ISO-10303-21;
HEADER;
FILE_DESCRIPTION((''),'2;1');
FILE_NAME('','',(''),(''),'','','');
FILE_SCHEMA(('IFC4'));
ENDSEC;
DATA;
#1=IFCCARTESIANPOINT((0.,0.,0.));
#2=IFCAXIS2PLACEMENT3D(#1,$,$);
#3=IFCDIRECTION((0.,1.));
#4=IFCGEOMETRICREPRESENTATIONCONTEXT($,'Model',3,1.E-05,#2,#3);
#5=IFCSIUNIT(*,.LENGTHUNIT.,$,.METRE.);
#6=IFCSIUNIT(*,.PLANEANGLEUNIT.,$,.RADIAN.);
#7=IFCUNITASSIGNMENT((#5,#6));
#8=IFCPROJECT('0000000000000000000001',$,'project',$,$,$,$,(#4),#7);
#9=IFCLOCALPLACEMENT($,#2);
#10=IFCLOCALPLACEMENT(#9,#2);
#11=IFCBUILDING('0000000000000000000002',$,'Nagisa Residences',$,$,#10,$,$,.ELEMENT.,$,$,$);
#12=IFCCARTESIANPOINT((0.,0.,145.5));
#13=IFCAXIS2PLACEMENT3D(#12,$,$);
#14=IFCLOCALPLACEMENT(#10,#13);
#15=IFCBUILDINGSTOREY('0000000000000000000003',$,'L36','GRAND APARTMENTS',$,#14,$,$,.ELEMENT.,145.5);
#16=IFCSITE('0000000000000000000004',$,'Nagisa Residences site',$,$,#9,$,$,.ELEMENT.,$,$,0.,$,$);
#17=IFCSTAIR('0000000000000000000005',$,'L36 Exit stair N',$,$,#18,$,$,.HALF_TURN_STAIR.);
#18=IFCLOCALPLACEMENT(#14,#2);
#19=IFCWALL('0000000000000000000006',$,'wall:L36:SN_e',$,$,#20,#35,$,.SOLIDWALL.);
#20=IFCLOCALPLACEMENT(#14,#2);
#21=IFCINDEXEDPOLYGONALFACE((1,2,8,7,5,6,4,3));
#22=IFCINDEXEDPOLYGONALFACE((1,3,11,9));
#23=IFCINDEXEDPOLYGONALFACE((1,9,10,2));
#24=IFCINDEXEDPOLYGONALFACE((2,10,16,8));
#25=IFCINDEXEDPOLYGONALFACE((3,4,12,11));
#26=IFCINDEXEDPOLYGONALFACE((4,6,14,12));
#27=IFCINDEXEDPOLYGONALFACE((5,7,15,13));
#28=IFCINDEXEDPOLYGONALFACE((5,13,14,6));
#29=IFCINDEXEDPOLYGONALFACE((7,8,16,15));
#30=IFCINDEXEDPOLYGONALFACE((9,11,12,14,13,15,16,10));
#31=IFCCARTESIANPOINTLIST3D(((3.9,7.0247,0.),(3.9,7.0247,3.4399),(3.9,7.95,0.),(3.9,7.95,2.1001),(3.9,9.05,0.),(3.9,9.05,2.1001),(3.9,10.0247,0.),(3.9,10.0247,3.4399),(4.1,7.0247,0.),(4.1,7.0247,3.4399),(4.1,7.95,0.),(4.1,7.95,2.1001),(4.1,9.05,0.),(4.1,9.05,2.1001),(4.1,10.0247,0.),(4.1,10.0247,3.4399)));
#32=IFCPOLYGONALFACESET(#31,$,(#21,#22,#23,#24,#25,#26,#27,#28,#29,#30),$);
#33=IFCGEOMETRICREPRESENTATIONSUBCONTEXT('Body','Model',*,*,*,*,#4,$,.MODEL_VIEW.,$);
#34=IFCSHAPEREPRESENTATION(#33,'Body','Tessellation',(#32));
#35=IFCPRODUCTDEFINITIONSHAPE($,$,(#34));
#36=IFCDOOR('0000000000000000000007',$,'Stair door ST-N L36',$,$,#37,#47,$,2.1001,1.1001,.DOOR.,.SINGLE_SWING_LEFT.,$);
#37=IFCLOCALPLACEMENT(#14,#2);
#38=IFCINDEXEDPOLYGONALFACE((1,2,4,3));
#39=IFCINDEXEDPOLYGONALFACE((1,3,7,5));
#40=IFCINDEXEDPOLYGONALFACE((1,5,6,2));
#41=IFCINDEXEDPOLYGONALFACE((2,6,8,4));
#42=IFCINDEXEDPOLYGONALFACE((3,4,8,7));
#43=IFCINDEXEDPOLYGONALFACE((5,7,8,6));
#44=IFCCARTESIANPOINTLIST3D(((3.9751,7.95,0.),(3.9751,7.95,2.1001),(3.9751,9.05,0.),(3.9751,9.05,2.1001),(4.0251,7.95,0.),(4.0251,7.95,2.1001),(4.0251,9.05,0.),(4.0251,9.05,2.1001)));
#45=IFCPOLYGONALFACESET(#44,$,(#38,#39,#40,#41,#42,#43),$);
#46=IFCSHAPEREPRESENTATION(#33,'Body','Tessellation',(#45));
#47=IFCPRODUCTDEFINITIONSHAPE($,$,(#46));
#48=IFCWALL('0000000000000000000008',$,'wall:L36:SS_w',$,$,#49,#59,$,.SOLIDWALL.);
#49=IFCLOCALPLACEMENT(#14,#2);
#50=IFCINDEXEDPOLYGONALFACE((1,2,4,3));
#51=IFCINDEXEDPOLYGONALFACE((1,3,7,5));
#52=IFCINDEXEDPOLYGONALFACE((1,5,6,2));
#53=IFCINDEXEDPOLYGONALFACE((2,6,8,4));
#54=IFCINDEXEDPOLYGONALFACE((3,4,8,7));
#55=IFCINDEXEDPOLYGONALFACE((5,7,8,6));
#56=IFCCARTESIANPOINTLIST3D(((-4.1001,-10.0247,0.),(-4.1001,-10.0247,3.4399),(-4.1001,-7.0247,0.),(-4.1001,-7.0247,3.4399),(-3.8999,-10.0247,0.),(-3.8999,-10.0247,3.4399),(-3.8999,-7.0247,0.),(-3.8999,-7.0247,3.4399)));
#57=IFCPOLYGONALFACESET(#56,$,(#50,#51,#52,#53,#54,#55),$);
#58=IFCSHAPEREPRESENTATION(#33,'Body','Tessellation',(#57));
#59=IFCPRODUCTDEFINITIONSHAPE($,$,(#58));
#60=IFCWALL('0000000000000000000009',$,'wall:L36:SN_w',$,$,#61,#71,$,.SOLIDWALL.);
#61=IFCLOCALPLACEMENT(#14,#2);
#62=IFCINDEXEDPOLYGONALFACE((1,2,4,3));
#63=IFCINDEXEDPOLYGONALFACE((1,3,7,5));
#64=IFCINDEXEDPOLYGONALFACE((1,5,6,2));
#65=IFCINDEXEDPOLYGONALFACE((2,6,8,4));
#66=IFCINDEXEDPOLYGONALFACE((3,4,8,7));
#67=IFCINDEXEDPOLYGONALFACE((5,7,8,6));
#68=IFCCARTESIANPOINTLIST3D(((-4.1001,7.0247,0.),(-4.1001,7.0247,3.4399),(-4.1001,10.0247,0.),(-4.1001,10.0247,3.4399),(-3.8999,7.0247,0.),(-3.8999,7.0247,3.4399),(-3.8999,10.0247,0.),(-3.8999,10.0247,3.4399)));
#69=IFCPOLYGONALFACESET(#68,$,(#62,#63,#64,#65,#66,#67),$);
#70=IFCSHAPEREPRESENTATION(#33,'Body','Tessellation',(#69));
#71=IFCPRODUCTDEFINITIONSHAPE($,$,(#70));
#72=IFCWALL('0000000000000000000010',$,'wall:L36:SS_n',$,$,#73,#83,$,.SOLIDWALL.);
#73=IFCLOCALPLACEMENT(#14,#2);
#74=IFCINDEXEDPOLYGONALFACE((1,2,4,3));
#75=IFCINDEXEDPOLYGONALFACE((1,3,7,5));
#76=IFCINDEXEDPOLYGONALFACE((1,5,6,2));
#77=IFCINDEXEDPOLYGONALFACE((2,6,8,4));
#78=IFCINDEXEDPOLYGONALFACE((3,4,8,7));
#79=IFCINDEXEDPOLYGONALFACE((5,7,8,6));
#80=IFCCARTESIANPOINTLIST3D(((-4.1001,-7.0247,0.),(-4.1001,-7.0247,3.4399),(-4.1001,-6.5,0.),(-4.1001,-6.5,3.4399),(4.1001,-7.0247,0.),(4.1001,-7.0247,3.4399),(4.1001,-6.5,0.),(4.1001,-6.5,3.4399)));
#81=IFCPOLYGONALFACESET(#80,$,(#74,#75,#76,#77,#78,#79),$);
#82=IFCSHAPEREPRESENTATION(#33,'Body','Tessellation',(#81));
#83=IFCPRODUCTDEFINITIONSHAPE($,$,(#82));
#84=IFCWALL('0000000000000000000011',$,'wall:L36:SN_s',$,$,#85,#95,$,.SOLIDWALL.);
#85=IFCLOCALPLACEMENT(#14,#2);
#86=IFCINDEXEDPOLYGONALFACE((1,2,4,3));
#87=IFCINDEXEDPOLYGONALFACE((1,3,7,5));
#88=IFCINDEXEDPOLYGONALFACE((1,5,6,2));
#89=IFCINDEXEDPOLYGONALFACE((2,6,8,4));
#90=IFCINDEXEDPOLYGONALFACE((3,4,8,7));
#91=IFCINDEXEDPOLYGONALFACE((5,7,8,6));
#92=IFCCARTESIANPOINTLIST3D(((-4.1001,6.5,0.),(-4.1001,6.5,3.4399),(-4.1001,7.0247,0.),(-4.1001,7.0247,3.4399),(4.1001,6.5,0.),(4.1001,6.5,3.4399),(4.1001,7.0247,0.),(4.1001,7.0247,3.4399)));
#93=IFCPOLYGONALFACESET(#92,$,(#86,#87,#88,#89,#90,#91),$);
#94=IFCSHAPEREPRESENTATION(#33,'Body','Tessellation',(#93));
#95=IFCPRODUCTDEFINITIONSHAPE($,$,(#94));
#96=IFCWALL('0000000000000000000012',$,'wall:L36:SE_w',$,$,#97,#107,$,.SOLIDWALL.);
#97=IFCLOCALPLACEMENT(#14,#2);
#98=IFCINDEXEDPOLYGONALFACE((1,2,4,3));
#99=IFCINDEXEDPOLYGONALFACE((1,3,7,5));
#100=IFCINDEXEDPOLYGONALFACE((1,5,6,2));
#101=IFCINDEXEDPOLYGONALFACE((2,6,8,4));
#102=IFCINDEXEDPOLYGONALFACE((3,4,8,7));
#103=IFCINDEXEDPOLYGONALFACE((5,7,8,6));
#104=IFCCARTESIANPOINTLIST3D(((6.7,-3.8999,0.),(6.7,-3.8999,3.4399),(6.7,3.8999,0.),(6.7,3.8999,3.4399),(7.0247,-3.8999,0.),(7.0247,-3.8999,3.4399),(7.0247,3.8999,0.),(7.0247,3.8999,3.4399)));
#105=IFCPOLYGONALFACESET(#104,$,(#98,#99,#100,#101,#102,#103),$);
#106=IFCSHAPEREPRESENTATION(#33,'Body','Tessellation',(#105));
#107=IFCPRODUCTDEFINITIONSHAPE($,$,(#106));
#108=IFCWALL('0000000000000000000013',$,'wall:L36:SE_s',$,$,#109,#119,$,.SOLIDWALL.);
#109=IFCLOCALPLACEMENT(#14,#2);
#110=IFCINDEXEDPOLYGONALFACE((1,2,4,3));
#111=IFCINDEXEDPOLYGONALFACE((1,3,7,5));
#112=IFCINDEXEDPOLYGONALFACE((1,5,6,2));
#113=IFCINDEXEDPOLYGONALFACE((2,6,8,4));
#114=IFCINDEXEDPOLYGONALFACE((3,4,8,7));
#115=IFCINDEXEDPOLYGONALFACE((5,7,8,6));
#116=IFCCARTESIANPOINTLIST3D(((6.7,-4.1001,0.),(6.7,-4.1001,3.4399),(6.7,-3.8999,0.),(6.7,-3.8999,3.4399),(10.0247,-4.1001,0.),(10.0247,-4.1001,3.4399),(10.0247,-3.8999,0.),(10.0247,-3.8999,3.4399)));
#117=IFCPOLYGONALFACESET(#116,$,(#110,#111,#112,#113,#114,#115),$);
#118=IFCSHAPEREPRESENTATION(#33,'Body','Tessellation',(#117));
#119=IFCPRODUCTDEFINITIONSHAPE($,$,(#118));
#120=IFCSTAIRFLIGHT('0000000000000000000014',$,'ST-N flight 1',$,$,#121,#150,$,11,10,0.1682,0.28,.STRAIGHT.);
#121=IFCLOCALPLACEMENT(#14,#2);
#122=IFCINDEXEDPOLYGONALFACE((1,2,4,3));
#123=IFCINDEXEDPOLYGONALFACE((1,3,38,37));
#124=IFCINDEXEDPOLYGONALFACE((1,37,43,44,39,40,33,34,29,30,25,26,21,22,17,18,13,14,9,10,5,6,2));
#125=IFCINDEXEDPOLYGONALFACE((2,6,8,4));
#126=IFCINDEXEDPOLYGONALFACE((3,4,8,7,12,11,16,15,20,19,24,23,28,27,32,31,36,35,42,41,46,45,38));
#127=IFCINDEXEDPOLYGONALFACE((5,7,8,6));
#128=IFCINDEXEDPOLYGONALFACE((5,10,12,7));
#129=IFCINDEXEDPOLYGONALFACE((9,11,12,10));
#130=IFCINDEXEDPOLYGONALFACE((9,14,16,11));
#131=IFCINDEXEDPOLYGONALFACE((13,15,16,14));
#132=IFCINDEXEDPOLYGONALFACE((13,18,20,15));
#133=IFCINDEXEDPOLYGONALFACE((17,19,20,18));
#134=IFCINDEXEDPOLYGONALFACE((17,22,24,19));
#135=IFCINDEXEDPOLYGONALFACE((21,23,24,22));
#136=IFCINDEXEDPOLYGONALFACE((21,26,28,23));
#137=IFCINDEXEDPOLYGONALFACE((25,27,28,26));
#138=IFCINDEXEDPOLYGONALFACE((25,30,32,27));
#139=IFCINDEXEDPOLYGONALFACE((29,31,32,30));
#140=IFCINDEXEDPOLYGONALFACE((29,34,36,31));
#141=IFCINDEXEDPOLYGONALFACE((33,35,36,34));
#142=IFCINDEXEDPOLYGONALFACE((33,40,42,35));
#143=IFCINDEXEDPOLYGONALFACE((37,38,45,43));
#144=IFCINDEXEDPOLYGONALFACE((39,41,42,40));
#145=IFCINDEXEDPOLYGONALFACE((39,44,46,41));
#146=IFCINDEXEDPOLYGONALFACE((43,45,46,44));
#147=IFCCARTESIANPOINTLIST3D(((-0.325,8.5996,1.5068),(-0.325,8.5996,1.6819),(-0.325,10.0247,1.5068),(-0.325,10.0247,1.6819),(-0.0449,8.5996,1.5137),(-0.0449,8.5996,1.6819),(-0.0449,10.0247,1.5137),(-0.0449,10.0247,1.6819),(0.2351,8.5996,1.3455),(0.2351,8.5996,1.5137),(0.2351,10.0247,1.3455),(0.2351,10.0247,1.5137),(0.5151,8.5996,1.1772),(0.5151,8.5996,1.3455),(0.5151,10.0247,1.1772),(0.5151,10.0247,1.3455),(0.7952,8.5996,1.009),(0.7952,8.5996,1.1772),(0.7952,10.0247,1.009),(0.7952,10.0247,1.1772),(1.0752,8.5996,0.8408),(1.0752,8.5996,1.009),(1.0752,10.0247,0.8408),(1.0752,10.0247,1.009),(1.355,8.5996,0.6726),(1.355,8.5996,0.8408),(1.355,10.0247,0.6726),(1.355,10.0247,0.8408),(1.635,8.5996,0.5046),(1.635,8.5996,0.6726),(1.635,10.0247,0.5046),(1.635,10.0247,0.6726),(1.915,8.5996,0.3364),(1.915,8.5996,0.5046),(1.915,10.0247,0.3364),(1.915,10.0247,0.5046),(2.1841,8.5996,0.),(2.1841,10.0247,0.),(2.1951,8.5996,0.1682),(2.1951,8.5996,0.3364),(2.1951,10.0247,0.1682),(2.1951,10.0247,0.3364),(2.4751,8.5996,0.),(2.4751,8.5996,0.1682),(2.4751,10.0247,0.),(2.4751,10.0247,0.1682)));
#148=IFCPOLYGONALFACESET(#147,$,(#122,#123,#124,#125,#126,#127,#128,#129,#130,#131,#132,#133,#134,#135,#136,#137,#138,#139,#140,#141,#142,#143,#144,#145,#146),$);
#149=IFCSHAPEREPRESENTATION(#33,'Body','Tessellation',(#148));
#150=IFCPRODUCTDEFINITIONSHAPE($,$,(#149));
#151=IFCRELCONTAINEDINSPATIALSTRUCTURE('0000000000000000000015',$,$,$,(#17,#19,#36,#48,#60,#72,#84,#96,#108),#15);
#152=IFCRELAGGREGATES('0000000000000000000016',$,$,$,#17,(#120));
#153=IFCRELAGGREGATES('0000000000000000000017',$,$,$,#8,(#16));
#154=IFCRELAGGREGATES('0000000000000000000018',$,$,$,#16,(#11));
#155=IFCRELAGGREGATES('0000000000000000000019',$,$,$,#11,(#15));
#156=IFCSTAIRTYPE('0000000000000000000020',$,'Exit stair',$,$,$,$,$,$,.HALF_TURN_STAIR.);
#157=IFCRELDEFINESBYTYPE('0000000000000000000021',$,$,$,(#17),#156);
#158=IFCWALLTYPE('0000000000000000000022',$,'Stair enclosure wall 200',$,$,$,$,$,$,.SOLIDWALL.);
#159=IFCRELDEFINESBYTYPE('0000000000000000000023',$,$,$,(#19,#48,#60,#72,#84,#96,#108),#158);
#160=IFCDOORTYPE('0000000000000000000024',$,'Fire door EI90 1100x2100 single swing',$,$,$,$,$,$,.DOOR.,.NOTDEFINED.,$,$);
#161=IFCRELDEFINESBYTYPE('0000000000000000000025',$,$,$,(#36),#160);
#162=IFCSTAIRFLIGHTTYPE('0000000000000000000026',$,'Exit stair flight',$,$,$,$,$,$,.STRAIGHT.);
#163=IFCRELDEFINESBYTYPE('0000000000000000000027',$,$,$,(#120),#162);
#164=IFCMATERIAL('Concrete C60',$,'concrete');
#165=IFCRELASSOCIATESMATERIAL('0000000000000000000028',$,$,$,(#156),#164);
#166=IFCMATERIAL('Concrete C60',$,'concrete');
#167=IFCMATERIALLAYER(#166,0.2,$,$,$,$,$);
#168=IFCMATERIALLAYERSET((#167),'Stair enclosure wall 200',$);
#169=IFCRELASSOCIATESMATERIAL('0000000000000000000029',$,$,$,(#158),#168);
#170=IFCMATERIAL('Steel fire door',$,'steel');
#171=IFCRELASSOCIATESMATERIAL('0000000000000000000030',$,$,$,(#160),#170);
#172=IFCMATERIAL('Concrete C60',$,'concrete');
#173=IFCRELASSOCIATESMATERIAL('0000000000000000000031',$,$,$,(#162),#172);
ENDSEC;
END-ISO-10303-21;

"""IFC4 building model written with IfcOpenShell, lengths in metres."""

from ifc_helpers import new_model, si_unit, direction, frame, frame_2d, origin, place, context, subcontext, project, spatial, polyline, rectangle, outline, extrude, material, layer, layer_set, type_object, element, fill, aggregate, save


model = new_model("IFC4")

# Units and contexts
model_context = context("Model", 3, precision=1e-05, world=origin(), true_north=direction((0.0, 1.0)))
body_context = subcontext(model_context, "Body", "Model", "MODEL_VIEW")
ifc_project = project(units=[si_unit("LENGTHUNIT", "METRE"), si_unit("PLANEANGLEUNIT", "RADIAN")], contexts=[model_context])

# Site, building, storey
site_placement = place(None, origin())
site = spatial("IfcSite", under=ifc_project, at=site_placement, Name="Nagisa Residences site", CompositionType="ELEMENT", RefElevation=0.0)
building_placement = place(site_placement, origin())
building = spatial("IfcBuilding", under=site, at=building_placement, Name="Nagisa Residences", CompositionType="ELEMENT")
storey_placement = place(building_placement, frame((0.0, 0.0, 145.5)))
storey = spatial("IfcBuildingStorey", under=building, at=storey_placement, Name="L36", Description="GRAND APARTMENTS", CompositionType="ELEMENT", Elevation=145.5)

# Stair
ifc_material_1 = material(Name="Concrete C60", Category="concrete")
stair_type = type_object("IfcStairType", Name="Exit stair", PredefinedType="HALF_TURN_STAIR", material=ifc_material_1)
stair_1_placement = place(storey_placement, origin())
stair_1 = element("IfcStair", 1, at=stair_1_placement, inside=storey, type_object=stair_type, Name="L36 Exit stair N", PredefinedType="HALF_TURN_STAIR")

# Wall, opening, door
ifc_material_2 = material(Name="Concrete C60", Category="concrete")
ifc_layer_1 = layer(ifc_material_2, 0.2)
ifc_layer_set_1 = layer_set([ifc_layer_1], Name="Stair enclosure wall 200")
wall_type_1 = type_object("IfcWallType", Name="Stair enclosure wall 200", PredefinedType="SOLIDWALL", material=ifc_layer_set_1)
ifc_material_3 = material(Name="Steel fire door", Category="steel")
door_type_1 = type_object("IfcDoorType", Name="Fire door EI90 1100x2100 single swing", OperationType="NOTDEFINED", PredefinedType="DOOR", material=ifc_material_3)
wall_1_placement = place(storey_placement, frame((4.0, 7.0247, 0.0), z_axis=(0.0, 0.0, 1.0), x_axis=(0.0, 1.0, 0.0)))
wall_1 = element("IfcWall", 2, at=wall_1_placement, inside=storey, type_object=wall_type_1, Name="wall:L36:SN_e", PredefinedType="SOLIDWALL", context=body_context, shape_type="SweptSolid", body=[
    extrude(rectangle(XDim=3.0, YDim=0.2, at=frame_2d((1.5, 0.0))), origin(), (0.0, 0.0, 1.0), 3.4399),
])
opening_1_placement = place(wall_1_placement, frame((0.9253, 0.0, 0.0)))
opening_1 = element("IfcOpeningElement", 3, at=opening_1_placement, cuts=wall_1, PredefinedType="OPENING", context=body_context, shape_type="SweptSolid", body=[
    extrude(rectangle(XDim=1.1001, YDim=2.1001, at=frame_2d((0.55, 1.05))), frame((0.0, 0.1099, 0.0), z_axis=(0.0, -1.0, 0.0), x_axis=(1.0, 0.0, 0.0)), (0.0, 0.0, 1.0), 0.22),
])
door_1_placement = place(opening_1_placement, origin())
door_1 = element("IfcDoor", 4, at=door_1_placement, inside=storey, type_object=door_type_1, Name="Stair door ST-N L36", OperationType="SINGLE_SWING_LEFT", OverallHeight=2.1001, OverallWidth=1.1001, PredefinedType="DOOR", context=body_context, shape_type="SweptSolid", body=[
    extrude(rectangle(XDim=1.1001, YDim=2.1001, at=frame_2d((0.55, 1.05))), frame((0.0, 0.0249, 0.0), z_axis=(0.0, -1.0, 0.0), x_axis=(1.0, 0.0, 0.0)), (0.0, 0.0, 1.0), 0.05),
])
fill(opening_1, door_1)

# Walls
wall_2_placement = place(storey_placement, origin())
element("IfcWall", 5, at=wall_2_placement, inside=storey, type_object=wall_type_1, Name="wall:L36:SS_w", PredefinedType="SOLIDWALL", context=body_context, shape_type="SweptSolid", body=[
    extrude(outline(polyline([(-3.8999, -10.0247), (-4.1001, -10.0247), (-4.1001, -7.0247), (-3.8999, -7.0247), (-3.8999, -10.0247)])), origin(), (0.0, 0.0, 1.0), 3.4399),
])
wall_3_placement = place(storey_placement, origin())
element("IfcWall", 6, at=wall_3_placement, inside=storey, type_object=wall_type_1, Name="wall:L36:SN_w", PredefinedType="SOLIDWALL", context=body_context, shape_type="SweptSolid", body=[
    extrude(outline(polyline([(-3.8999, 7.0247), (-4.1001, 7.0247), (-4.1001, 10.0247), (-3.8999, 10.0247), (-3.8999, 7.0247)])), origin(), (0.0, 0.0, 1.0), 3.4399),
])
wall_4_placement = place(storey_placement, origin())
element("IfcWall", 7, at=wall_4_placement, inside=storey, type_object=wall_type_1, Name="wall:L36:SS_n", PredefinedType="SOLIDWALL", context=body_context, shape_type="SweptSolid", body=[
    extrude(outline(polyline([(4.1001, -7.0247), (-4.1001, -7.0247), (-4.1001, -6.5), (4.1001, -6.5), (4.1001, -7.0247)])), origin(), (0.0, 0.0, 1.0), 3.4399),
])
wall_5_placement = place(storey_placement, origin())
element("IfcWall", 8, at=wall_5_placement, inside=storey, type_object=wall_type_1, Name="wall:L36:SN_s", PredefinedType="SOLIDWALL", context=body_context, shape_type="SweptSolid", body=[
    extrude(outline(polyline([(4.1001, 6.5), (-4.1001, 6.5), (-4.1001, 7.0247), (4.1001, 7.0247), (4.1001, 6.5)])), origin(), (0.0, 0.0, 1.0), 3.4399),
])
wall_6_placement = place(storey_placement, origin())
element("IfcWall", 9, at=wall_6_placement, inside=storey, type_object=wall_type_1, Name="wall:L36:SE_w", PredefinedType="SOLIDWALL", context=body_context, shape_type="SweptSolid", body=[
    extrude(outline(polyline([(7.0247, -3.8999), (6.7, -3.8999), (6.7, 3.8999), (7.0247, 3.8999), (7.0247, -3.8999)])), origin(), (0.0, 0.0, 1.0), 3.4399),
])
wall_7_placement = place(storey_placement, origin())
element("IfcWall", 10, at=wall_7_placement, inside=storey, type_object=wall_type_1, Name="wall:L36:SE_s", PredefinedType="SOLIDWALL", context=body_context, shape_type="SweptSolid", body=[
    extrude(outline(polyline([(10.0247, -4.1001), (6.7, -4.1001), (6.7, -3.8999), (10.0247, -3.8999), (10.0247, -4.1001)])), origin(), (0.0, 0.0, 1.0), 3.4399),
])

# Stair flight
ifc_material_4 = material(Name="Concrete C60", Category="concrete")
stair_flight_type = type_object("IfcStairFlightType", Name="Exit stair flight", PredefinedType="STRAIGHT", material=ifc_material_4)
stair_flight_placement = place(storey_placement, frame((2.4751, 9.312, 0.0), z_axis=(0.0, 0.0, 1.0), x_axis=(-1.0, 0.0, 0.0)))
stair_flight = element("IfcStairFlight", 11, at=stair_flight_placement, type_object=stair_flight_type, Name="ST-N flight 1", NumberOfRisers=11, NumberOfTreads=10, PredefinedType="STRAIGHT", RiserHeight=0.1682, TreadLength=0.28, context=body_context, shape_type="SweptSolid", body=[
    extrude(outline(polyline([(0.0, 0.0), (0.0, 0.1682), (0.28, 0.1682), (0.28, 0.3364), (0.5601, 0.3364), (0.5601, 0.5046), (0.8401, 0.5046), (0.8401, 0.6726), (1.1201, 0.6726), (1.1201, 0.8408), (1.3999, 0.8408), (1.3999, 1.009), (1.6799, 1.009), (1.6799, 1.1772), (1.96, 1.1772), (1.96, 1.3455), (2.24, 1.3455), (2.24, 1.5137), (2.52, 1.5137), (2.52, 1.6819), (2.8, 1.6819), (2.8, 1.8501), (2.8, 1.5068), (0.291, 0.0), (0.0, 0.0)])), frame((0.0, 0.7124, 0.0), z_axis=(0.0, -1.0, 0.0), x_axis=(1.0, 0.0, 0.0)), (0.0, 0.0, 1.0), 1.425),
])
aggregate(stair_1, [stair_flight])

save(model, "model.ifc")
